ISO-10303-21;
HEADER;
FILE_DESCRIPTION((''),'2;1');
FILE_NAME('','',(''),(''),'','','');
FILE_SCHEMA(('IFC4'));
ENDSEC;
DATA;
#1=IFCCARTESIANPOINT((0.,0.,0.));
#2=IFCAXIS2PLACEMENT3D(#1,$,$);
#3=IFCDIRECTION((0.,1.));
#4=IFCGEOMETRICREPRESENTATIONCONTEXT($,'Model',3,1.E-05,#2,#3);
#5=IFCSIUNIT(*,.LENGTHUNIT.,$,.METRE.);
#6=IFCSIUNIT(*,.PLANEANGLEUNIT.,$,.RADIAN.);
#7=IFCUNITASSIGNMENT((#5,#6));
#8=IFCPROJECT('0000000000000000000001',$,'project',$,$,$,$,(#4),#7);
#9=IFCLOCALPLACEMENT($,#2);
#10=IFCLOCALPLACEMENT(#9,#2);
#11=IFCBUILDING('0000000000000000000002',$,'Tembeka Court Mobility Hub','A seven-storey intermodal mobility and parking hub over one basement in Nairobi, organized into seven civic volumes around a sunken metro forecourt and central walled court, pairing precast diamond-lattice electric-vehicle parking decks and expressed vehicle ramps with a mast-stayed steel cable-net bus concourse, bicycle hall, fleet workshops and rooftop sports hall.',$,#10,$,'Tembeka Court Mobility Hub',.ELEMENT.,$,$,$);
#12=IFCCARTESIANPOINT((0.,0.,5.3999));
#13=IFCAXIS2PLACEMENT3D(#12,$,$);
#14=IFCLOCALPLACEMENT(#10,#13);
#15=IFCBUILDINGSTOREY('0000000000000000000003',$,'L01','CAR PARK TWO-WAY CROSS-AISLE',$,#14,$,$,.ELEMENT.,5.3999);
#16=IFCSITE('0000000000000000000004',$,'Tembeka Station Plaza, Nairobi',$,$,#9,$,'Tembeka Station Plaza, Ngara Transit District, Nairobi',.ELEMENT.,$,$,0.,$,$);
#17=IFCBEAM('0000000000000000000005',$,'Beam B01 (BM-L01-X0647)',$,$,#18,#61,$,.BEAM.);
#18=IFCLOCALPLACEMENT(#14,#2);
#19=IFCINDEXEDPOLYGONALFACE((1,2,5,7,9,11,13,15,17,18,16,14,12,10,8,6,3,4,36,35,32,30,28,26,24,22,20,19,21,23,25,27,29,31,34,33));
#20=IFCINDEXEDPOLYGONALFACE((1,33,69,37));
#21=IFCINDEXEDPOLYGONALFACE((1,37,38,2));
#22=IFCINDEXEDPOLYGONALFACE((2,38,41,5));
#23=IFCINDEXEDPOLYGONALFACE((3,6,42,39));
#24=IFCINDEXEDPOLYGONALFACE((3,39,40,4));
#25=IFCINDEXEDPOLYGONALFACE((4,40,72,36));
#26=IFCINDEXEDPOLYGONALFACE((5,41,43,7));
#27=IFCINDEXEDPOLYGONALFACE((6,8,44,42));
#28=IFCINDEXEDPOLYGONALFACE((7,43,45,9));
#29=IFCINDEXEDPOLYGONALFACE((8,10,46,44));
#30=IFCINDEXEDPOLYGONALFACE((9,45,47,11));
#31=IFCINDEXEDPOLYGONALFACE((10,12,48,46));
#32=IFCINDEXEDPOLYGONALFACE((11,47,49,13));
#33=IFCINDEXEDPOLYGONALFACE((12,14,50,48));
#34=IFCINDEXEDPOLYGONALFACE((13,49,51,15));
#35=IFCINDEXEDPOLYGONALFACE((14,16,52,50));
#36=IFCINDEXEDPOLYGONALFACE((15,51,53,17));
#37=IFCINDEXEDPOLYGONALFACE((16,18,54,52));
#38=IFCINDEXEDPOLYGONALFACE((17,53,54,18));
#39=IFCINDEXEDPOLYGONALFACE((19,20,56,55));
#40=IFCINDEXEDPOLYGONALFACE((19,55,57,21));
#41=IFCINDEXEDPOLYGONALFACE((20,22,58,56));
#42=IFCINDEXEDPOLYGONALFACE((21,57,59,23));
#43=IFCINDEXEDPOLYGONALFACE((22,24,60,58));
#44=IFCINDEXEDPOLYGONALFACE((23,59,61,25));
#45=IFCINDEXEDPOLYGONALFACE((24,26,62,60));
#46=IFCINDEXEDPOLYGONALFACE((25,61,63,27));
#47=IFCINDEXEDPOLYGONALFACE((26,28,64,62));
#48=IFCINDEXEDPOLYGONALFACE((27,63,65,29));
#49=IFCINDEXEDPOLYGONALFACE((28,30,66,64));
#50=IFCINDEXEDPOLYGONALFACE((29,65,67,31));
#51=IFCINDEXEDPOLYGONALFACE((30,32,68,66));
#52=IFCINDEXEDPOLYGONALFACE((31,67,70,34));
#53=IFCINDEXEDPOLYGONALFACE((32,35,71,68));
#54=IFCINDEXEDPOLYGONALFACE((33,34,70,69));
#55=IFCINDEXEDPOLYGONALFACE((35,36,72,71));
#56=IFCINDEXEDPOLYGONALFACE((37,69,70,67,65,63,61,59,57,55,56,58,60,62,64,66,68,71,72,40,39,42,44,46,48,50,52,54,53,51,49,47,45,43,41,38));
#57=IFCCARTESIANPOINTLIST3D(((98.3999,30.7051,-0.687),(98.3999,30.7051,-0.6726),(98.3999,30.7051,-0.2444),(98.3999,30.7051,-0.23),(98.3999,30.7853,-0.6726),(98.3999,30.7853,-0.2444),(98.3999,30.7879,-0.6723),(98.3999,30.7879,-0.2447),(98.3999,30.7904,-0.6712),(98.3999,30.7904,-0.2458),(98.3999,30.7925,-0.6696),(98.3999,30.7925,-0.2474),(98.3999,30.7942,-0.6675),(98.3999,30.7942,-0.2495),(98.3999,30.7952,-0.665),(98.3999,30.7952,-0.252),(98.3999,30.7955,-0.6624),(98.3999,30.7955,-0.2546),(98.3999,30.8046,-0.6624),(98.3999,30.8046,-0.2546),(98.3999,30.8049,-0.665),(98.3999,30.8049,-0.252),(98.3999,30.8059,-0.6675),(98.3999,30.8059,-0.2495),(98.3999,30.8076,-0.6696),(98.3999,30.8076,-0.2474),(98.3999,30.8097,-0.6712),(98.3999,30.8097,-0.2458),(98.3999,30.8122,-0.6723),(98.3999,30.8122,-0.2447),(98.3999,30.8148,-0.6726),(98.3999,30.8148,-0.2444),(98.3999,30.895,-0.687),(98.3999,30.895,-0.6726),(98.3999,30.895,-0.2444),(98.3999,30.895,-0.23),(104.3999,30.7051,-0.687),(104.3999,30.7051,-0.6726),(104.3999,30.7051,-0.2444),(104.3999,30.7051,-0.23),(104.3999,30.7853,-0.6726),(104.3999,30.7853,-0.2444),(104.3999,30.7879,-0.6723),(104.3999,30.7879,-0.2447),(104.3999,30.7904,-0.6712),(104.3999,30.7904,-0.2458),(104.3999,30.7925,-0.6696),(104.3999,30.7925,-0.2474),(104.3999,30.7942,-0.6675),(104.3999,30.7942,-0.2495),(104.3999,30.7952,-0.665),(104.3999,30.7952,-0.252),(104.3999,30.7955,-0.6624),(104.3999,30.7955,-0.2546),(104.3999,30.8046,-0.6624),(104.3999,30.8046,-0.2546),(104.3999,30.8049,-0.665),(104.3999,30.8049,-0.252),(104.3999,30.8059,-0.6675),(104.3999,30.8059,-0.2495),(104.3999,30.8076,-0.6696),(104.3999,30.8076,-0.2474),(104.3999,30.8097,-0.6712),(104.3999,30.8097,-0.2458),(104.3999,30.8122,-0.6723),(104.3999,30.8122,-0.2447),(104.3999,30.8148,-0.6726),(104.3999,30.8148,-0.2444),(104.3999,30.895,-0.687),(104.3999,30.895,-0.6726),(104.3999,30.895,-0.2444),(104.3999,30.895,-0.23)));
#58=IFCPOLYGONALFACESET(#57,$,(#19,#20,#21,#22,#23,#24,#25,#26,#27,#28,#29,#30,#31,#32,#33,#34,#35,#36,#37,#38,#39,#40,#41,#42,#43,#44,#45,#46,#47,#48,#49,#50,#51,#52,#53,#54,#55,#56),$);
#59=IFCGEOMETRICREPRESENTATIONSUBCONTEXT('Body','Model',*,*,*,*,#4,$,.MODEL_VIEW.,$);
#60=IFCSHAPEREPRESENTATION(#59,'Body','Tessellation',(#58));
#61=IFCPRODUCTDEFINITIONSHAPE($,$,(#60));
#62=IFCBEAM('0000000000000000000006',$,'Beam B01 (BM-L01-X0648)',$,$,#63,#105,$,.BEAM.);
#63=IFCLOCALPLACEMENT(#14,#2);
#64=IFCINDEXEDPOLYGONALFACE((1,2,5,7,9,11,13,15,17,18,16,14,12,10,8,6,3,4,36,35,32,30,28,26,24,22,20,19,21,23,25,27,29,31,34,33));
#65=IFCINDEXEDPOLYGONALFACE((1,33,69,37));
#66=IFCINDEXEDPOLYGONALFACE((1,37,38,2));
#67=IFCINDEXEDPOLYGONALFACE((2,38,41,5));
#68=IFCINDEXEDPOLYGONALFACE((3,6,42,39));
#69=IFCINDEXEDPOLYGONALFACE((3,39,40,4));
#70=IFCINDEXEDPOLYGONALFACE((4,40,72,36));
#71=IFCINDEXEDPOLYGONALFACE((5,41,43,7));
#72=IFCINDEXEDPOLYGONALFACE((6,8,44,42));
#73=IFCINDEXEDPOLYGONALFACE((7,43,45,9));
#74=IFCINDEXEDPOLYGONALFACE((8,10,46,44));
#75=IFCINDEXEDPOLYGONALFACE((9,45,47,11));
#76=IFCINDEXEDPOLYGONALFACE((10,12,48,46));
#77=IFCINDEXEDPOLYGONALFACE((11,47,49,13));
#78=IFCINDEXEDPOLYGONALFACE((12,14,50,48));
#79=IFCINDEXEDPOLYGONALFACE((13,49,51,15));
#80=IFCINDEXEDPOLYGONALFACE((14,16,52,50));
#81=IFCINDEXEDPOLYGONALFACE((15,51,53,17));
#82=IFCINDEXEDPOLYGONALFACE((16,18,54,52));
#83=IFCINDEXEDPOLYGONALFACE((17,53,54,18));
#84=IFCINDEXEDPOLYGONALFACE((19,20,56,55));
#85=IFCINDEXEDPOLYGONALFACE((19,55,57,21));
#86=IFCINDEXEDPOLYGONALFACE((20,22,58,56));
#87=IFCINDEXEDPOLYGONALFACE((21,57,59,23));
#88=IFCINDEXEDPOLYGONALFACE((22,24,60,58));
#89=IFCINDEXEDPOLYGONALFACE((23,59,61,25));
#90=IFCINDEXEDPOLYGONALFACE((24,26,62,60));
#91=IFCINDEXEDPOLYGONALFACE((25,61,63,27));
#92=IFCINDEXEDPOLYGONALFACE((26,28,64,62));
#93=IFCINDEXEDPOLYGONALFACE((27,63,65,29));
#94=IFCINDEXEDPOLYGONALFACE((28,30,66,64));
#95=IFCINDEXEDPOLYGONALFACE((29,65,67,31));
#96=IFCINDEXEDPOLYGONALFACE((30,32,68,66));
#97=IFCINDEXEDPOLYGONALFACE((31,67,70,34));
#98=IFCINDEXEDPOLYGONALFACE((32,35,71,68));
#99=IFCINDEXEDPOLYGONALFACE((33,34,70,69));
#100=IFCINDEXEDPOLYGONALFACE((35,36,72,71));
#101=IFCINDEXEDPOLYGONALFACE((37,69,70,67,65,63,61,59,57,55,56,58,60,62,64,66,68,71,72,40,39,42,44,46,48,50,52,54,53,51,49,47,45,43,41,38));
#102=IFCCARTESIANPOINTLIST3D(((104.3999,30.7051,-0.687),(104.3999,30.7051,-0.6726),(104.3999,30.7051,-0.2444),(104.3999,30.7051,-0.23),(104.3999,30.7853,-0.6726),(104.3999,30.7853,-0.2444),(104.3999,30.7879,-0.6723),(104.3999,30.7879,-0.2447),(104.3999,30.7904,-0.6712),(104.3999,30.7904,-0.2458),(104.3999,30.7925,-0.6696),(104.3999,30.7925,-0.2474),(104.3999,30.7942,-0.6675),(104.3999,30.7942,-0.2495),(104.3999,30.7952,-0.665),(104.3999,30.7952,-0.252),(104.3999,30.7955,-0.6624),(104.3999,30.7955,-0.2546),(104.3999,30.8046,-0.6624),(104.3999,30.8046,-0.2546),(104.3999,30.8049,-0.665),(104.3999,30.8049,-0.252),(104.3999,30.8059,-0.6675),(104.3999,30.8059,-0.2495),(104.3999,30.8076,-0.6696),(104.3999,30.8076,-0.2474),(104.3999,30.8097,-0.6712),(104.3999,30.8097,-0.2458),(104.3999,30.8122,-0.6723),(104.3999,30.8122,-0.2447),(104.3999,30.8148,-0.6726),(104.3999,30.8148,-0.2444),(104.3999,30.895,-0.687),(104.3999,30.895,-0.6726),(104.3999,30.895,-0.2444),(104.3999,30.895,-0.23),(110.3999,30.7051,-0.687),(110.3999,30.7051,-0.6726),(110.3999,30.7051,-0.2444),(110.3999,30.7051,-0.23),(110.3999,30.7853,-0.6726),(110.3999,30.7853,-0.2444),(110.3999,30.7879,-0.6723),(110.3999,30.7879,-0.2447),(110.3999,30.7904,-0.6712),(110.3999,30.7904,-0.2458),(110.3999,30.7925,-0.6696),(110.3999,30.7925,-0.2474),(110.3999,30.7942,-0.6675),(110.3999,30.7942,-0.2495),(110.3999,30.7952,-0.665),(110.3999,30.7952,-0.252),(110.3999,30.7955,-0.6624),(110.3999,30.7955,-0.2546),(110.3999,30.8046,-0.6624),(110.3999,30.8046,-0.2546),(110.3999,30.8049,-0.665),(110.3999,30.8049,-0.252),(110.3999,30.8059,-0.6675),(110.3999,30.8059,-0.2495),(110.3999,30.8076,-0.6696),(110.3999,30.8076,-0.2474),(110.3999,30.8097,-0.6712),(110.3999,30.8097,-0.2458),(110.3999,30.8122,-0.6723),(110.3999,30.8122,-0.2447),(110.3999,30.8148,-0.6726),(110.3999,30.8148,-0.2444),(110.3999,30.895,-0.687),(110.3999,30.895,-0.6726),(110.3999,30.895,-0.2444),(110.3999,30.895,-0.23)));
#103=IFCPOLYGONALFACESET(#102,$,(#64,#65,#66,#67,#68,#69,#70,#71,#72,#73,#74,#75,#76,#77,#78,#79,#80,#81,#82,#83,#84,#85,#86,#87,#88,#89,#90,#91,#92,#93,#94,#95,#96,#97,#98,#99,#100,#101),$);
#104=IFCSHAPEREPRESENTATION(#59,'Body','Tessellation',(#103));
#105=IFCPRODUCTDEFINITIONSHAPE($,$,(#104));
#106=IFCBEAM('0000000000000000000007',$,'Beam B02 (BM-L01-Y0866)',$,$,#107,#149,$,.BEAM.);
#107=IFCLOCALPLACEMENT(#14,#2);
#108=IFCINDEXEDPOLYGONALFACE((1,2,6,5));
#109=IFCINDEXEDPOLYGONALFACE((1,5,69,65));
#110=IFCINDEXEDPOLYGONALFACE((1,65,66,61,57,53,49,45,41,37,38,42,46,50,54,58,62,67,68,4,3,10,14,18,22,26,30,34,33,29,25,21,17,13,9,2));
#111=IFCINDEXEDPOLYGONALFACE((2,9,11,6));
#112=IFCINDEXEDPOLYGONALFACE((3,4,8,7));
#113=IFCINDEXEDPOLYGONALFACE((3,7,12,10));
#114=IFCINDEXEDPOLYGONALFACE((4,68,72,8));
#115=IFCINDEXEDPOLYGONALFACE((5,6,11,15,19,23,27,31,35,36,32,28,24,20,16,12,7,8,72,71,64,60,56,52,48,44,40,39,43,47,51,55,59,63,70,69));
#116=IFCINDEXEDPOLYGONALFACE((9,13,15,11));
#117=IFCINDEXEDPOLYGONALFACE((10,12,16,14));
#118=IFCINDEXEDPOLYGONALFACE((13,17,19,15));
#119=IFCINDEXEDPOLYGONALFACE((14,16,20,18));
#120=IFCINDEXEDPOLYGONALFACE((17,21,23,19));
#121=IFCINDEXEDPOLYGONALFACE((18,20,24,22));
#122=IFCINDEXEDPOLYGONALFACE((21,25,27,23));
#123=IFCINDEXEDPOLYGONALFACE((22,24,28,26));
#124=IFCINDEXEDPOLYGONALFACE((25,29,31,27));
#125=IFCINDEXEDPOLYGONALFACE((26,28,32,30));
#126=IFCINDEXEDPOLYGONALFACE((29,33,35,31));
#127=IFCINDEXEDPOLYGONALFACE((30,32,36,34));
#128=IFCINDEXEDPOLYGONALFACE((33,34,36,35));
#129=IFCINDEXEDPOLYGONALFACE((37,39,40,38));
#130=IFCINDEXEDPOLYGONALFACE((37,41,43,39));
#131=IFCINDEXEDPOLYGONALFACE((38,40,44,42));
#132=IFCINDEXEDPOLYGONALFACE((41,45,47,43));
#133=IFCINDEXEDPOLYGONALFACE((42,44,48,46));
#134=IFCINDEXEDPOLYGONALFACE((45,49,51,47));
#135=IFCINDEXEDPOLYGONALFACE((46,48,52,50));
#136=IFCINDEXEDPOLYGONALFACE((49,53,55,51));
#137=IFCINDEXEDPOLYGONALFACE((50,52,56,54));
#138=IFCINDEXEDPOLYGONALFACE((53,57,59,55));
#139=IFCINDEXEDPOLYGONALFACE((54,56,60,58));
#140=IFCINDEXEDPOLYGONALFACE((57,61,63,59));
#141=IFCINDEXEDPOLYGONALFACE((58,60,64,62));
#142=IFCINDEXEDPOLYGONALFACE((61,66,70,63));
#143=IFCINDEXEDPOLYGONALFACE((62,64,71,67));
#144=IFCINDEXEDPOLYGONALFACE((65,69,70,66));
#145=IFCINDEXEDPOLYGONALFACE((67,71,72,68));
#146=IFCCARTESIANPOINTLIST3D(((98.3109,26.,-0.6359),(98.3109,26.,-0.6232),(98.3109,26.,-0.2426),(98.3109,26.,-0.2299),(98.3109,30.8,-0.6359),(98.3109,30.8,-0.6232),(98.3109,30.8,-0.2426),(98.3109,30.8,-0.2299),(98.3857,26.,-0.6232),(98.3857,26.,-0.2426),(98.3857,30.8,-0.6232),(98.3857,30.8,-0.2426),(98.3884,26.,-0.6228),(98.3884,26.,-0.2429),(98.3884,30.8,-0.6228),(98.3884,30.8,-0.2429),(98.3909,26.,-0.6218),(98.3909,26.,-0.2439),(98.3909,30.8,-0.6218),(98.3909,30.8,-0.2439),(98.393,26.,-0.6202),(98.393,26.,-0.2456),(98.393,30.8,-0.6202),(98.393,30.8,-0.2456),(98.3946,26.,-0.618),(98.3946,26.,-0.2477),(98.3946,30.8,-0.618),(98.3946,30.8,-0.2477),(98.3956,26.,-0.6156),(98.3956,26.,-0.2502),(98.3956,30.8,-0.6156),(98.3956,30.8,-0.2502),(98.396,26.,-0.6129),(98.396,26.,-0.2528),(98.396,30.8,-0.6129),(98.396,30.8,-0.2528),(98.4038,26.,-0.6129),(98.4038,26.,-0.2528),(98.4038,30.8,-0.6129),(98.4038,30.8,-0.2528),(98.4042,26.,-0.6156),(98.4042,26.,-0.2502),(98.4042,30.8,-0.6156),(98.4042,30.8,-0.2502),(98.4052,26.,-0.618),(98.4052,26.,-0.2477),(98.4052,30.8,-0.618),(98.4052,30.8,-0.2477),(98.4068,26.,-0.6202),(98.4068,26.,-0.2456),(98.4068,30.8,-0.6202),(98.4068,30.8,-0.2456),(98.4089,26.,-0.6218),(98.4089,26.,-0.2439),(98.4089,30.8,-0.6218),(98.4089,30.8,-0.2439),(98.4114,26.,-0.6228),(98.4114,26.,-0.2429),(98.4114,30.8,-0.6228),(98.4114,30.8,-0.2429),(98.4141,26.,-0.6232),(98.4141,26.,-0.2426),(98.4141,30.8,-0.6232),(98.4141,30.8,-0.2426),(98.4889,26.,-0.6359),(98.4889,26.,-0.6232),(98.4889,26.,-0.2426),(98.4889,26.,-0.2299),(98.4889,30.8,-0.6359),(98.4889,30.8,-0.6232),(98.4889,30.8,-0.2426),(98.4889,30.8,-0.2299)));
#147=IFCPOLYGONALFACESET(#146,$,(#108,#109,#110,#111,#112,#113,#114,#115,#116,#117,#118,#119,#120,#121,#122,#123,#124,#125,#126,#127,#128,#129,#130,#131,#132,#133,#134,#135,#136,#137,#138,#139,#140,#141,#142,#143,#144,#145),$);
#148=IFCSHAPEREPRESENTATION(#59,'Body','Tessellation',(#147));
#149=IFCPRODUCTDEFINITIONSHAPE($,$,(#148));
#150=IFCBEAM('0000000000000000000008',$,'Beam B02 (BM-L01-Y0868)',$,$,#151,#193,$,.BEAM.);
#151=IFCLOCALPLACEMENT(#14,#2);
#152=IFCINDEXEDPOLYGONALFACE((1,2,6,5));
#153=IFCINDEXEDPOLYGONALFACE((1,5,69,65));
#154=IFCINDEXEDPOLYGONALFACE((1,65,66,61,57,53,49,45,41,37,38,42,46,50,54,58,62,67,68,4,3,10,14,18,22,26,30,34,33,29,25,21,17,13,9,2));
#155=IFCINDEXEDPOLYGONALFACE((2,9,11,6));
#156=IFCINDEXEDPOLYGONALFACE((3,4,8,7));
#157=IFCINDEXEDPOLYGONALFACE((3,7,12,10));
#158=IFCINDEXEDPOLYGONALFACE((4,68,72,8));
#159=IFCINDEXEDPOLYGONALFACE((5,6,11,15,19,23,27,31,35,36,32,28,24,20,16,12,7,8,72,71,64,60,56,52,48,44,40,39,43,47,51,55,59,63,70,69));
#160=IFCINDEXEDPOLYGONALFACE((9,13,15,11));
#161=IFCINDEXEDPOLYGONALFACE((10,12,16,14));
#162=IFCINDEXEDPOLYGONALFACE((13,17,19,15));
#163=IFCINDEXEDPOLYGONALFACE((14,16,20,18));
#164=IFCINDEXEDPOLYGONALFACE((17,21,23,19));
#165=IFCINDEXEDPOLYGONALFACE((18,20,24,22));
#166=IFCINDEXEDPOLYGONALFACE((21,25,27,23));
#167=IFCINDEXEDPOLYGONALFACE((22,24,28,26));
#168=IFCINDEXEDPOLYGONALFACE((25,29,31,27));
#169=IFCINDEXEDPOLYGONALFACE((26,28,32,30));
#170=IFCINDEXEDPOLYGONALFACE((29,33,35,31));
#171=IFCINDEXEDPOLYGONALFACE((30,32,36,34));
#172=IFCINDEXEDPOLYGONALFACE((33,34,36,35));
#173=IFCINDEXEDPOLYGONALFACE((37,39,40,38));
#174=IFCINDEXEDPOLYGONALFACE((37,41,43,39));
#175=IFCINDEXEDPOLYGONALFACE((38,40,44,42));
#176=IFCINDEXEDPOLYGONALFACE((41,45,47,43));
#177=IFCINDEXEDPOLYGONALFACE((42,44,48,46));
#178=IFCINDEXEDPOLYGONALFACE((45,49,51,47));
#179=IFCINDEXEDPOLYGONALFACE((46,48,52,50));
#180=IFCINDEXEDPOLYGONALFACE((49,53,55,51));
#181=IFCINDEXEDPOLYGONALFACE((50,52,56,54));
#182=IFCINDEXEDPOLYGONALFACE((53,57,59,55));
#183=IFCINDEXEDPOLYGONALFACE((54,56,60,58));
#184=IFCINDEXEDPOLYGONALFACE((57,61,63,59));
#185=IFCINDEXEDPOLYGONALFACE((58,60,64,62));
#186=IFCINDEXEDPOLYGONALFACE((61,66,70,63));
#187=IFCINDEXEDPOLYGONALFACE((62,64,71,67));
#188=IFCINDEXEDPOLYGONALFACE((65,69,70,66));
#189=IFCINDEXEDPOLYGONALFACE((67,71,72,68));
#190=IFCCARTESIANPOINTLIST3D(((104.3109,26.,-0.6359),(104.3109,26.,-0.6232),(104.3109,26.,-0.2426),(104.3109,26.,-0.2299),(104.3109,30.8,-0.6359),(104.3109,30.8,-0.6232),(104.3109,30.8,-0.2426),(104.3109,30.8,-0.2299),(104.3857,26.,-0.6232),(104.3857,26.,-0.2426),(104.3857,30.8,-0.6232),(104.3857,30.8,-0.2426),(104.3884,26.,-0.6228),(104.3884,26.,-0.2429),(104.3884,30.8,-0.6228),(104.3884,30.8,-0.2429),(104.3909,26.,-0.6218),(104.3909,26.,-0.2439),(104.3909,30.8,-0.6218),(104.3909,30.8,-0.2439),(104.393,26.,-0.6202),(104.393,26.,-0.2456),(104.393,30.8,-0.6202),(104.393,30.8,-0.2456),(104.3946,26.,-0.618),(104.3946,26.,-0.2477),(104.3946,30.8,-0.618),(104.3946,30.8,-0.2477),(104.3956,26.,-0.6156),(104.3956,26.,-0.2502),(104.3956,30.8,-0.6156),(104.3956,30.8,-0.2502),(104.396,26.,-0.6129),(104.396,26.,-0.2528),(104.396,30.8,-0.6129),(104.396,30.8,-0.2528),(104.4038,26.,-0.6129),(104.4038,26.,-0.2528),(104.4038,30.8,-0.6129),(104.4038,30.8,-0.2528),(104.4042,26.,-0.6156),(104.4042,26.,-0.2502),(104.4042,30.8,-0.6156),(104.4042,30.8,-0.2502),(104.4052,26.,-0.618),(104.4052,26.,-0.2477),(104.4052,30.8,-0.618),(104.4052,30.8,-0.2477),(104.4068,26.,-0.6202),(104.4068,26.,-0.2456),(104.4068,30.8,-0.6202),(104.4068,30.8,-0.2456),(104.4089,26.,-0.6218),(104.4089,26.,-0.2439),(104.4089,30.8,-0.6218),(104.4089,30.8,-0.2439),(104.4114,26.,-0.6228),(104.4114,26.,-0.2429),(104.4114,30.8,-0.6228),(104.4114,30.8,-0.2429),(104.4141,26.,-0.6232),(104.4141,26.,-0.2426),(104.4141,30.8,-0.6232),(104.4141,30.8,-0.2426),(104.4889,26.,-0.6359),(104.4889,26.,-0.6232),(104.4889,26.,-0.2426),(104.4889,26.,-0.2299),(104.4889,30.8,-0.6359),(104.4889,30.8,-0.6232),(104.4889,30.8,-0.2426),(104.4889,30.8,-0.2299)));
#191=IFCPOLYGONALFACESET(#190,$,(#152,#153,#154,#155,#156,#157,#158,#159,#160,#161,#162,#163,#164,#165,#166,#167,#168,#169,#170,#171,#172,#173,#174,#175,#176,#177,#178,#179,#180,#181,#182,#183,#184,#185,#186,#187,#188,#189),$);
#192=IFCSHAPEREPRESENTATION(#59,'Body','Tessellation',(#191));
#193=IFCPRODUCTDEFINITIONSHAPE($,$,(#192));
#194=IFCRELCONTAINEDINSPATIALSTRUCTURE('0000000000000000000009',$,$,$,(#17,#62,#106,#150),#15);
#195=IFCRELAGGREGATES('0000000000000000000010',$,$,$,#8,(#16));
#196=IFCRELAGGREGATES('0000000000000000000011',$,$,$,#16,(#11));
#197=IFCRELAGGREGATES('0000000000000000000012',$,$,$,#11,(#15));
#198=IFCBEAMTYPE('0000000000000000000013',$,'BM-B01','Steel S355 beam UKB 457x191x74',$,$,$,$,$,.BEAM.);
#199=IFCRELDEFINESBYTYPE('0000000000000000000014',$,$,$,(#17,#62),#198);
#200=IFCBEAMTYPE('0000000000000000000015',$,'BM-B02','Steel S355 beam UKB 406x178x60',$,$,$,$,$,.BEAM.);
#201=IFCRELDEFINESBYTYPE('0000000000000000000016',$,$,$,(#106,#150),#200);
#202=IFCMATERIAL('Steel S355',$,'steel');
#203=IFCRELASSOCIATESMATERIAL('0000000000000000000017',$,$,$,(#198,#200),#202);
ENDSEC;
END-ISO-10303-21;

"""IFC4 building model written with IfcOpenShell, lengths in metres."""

from ifc_helpers import new_model, si_unit, direction, frame, origin, origin_2d, place, context, subcontext, project, spatial, i_section, extrude, material, material_profile, profile_set, type_object, element, save


model = new_model("IFC4")

# Units and contexts
model_context = context("Model", 3, precision=1e-05, world=origin(), true_north=direction((0.0, 1.0)))
body_context = subcontext(model_context, "Body", "Model", "MODEL_VIEW")
ifc_project = project(units=[si_unit("LENGTHUNIT", "METRE"), si_unit("PLANEANGLEUNIT", "RADIAN")], contexts=[model_context])

# Site, building, storey
site_placement = place(None, origin())
site = spatial("IfcSite", under=ifc_project, at=site_placement, Name="Tembeka Station Plaza, Nairobi", LongName="Tembeka Station Plaza, Ngara Transit District, Nairobi", CompositionType="ELEMENT", RefElevation=0.0)
building_placement = place(site_placement, origin())
building = spatial("IfcBuilding", under=site, at=building_placement, Name="Tembeka Court Mobility Hub", Description="A seven-storey intermodal mobility and parking hub over one basement in Nairobi, organized into seven civic volumes around a sunken metro forecourt and central walled court, pairing precast diamond-lattice electric-vehicle parking decks and expressed vehicle ramps with a mast-stayed steel cable-net bus concourse, bicycle hall, fleet workshops and rooftop sports hall.", LongName="Tembeka Court Mobility Hub", CompositionType="ELEMENT")
storey_placement = place(building_placement, frame((0.0, 0.0, 5.3999)))
storey = spatial("IfcBuildingStorey", under=building, at=storey_placement, Name="L01", Description="CAR PARK TWO-WAY CROSS-AISLE", CompositionType="ELEMENT", Elevation=5.3999)

# Shared definitions
ifc_material_1 = material(Name="Steel S355", Category="steel")

# Beams
ifc_material_profile_1 = material_profile(ifc_material_1, i_section(OverallWidth=0.1899, OverallDepth=0.457, WebThickness=0.009, FlangeThickness=0.0144, FilletRadius=0.0103, at=origin_2d()), Name="UKB 457x191x74")
ifc_profile_set_1 = profile_set([ifc_material_profile_1], Name="Steel S355")
beam_type_1 = type_object("IfcBeamType", Name="BM-B01", Description="Steel S355 beam UKB 457x191x74", PredefinedType="BEAM", material=ifc_profile_set_1)
for number, where, z_axis, x_axis, name in (
    (1, (98.3999, 30.8, -0.4585), (1.0, 0.0, 0.0), (0.0, 1.0, 0.0), "Beam B01 (BM-L01-X0647)"),
    (2, (104.3999, 30.8, -0.4585), (1.0, 0.0, 0.0), (0.0, 1.0, 0.0), "Beam B01 (BM-L01-X0648)"),
):
    element("IfcBeam", number, at=place(storey_placement, frame(where, z_axis=z_axis, x_axis=x_axis)), inside=storey, type_object=beam_type_1, Name=name, PredefinedType="BEAM", context=body_context, shape_type="SweptSolid", body=[
        extrude(i_section(OverallWidth=0.1899, OverallDepth=0.457, WebThickness=0.009, FlangeThickness=0.0144, FilletRadius=0.0103, at=origin_2d()), origin(), (0.0, 0.0, 1.0), 6.0),
    ])
ifc_material_profile_2 = material_profile(ifc_material_1, i_section(OverallWidth=0.178, OverallDepth=0.406, WebThickness=0.0078, FlangeThickness=0.0127, FilletRadius=0.0103, at=origin_2d()), Name="UKB 406x178x60")
ifc_profile_set_2 = profile_set([ifc_material_profile_2], Name="Steel S355")
beam_type_2 = type_object("IfcBeamType", Name="BM-B02", Description="Steel S355 beam UKB 406x178x60", PredefinedType="BEAM", material=ifc_profile_set_2)
for number, where, z_axis, x_axis, name in (
    (3, (98.3999, 26.0, -0.4329), (0.0, 1.0, 0.0), (-1.0, 0.0, 0.0), "Beam B02 (BM-L01-Y0866)"),
    (4, (104.3999, 26.0, -0.4329), (0.0, 1.0, 0.0), (-1.0, 0.0, 0.0), "Beam B02 (BM-L01-Y0868)"),
):
    element("IfcBeam", number, at=place(storey_placement, frame(where, z_axis=z_axis, x_axis=x_axis)), inside=storey, type_object=beam_type_2, Name=name, PredefinedType="BEAM", context=body_context, shape_type="SweptSolid", body=[
        extrude(i_section(OverallWidth=0.178, OverallDepth=0.406, WebThickness=0.0078, FlangeThickness=0.0127, FilletRadius=0.0103, at=origin_2d()), origin(), (0.0, 0.0, 1.0), 4.8),
    ])

save(model, "model.ifc")
